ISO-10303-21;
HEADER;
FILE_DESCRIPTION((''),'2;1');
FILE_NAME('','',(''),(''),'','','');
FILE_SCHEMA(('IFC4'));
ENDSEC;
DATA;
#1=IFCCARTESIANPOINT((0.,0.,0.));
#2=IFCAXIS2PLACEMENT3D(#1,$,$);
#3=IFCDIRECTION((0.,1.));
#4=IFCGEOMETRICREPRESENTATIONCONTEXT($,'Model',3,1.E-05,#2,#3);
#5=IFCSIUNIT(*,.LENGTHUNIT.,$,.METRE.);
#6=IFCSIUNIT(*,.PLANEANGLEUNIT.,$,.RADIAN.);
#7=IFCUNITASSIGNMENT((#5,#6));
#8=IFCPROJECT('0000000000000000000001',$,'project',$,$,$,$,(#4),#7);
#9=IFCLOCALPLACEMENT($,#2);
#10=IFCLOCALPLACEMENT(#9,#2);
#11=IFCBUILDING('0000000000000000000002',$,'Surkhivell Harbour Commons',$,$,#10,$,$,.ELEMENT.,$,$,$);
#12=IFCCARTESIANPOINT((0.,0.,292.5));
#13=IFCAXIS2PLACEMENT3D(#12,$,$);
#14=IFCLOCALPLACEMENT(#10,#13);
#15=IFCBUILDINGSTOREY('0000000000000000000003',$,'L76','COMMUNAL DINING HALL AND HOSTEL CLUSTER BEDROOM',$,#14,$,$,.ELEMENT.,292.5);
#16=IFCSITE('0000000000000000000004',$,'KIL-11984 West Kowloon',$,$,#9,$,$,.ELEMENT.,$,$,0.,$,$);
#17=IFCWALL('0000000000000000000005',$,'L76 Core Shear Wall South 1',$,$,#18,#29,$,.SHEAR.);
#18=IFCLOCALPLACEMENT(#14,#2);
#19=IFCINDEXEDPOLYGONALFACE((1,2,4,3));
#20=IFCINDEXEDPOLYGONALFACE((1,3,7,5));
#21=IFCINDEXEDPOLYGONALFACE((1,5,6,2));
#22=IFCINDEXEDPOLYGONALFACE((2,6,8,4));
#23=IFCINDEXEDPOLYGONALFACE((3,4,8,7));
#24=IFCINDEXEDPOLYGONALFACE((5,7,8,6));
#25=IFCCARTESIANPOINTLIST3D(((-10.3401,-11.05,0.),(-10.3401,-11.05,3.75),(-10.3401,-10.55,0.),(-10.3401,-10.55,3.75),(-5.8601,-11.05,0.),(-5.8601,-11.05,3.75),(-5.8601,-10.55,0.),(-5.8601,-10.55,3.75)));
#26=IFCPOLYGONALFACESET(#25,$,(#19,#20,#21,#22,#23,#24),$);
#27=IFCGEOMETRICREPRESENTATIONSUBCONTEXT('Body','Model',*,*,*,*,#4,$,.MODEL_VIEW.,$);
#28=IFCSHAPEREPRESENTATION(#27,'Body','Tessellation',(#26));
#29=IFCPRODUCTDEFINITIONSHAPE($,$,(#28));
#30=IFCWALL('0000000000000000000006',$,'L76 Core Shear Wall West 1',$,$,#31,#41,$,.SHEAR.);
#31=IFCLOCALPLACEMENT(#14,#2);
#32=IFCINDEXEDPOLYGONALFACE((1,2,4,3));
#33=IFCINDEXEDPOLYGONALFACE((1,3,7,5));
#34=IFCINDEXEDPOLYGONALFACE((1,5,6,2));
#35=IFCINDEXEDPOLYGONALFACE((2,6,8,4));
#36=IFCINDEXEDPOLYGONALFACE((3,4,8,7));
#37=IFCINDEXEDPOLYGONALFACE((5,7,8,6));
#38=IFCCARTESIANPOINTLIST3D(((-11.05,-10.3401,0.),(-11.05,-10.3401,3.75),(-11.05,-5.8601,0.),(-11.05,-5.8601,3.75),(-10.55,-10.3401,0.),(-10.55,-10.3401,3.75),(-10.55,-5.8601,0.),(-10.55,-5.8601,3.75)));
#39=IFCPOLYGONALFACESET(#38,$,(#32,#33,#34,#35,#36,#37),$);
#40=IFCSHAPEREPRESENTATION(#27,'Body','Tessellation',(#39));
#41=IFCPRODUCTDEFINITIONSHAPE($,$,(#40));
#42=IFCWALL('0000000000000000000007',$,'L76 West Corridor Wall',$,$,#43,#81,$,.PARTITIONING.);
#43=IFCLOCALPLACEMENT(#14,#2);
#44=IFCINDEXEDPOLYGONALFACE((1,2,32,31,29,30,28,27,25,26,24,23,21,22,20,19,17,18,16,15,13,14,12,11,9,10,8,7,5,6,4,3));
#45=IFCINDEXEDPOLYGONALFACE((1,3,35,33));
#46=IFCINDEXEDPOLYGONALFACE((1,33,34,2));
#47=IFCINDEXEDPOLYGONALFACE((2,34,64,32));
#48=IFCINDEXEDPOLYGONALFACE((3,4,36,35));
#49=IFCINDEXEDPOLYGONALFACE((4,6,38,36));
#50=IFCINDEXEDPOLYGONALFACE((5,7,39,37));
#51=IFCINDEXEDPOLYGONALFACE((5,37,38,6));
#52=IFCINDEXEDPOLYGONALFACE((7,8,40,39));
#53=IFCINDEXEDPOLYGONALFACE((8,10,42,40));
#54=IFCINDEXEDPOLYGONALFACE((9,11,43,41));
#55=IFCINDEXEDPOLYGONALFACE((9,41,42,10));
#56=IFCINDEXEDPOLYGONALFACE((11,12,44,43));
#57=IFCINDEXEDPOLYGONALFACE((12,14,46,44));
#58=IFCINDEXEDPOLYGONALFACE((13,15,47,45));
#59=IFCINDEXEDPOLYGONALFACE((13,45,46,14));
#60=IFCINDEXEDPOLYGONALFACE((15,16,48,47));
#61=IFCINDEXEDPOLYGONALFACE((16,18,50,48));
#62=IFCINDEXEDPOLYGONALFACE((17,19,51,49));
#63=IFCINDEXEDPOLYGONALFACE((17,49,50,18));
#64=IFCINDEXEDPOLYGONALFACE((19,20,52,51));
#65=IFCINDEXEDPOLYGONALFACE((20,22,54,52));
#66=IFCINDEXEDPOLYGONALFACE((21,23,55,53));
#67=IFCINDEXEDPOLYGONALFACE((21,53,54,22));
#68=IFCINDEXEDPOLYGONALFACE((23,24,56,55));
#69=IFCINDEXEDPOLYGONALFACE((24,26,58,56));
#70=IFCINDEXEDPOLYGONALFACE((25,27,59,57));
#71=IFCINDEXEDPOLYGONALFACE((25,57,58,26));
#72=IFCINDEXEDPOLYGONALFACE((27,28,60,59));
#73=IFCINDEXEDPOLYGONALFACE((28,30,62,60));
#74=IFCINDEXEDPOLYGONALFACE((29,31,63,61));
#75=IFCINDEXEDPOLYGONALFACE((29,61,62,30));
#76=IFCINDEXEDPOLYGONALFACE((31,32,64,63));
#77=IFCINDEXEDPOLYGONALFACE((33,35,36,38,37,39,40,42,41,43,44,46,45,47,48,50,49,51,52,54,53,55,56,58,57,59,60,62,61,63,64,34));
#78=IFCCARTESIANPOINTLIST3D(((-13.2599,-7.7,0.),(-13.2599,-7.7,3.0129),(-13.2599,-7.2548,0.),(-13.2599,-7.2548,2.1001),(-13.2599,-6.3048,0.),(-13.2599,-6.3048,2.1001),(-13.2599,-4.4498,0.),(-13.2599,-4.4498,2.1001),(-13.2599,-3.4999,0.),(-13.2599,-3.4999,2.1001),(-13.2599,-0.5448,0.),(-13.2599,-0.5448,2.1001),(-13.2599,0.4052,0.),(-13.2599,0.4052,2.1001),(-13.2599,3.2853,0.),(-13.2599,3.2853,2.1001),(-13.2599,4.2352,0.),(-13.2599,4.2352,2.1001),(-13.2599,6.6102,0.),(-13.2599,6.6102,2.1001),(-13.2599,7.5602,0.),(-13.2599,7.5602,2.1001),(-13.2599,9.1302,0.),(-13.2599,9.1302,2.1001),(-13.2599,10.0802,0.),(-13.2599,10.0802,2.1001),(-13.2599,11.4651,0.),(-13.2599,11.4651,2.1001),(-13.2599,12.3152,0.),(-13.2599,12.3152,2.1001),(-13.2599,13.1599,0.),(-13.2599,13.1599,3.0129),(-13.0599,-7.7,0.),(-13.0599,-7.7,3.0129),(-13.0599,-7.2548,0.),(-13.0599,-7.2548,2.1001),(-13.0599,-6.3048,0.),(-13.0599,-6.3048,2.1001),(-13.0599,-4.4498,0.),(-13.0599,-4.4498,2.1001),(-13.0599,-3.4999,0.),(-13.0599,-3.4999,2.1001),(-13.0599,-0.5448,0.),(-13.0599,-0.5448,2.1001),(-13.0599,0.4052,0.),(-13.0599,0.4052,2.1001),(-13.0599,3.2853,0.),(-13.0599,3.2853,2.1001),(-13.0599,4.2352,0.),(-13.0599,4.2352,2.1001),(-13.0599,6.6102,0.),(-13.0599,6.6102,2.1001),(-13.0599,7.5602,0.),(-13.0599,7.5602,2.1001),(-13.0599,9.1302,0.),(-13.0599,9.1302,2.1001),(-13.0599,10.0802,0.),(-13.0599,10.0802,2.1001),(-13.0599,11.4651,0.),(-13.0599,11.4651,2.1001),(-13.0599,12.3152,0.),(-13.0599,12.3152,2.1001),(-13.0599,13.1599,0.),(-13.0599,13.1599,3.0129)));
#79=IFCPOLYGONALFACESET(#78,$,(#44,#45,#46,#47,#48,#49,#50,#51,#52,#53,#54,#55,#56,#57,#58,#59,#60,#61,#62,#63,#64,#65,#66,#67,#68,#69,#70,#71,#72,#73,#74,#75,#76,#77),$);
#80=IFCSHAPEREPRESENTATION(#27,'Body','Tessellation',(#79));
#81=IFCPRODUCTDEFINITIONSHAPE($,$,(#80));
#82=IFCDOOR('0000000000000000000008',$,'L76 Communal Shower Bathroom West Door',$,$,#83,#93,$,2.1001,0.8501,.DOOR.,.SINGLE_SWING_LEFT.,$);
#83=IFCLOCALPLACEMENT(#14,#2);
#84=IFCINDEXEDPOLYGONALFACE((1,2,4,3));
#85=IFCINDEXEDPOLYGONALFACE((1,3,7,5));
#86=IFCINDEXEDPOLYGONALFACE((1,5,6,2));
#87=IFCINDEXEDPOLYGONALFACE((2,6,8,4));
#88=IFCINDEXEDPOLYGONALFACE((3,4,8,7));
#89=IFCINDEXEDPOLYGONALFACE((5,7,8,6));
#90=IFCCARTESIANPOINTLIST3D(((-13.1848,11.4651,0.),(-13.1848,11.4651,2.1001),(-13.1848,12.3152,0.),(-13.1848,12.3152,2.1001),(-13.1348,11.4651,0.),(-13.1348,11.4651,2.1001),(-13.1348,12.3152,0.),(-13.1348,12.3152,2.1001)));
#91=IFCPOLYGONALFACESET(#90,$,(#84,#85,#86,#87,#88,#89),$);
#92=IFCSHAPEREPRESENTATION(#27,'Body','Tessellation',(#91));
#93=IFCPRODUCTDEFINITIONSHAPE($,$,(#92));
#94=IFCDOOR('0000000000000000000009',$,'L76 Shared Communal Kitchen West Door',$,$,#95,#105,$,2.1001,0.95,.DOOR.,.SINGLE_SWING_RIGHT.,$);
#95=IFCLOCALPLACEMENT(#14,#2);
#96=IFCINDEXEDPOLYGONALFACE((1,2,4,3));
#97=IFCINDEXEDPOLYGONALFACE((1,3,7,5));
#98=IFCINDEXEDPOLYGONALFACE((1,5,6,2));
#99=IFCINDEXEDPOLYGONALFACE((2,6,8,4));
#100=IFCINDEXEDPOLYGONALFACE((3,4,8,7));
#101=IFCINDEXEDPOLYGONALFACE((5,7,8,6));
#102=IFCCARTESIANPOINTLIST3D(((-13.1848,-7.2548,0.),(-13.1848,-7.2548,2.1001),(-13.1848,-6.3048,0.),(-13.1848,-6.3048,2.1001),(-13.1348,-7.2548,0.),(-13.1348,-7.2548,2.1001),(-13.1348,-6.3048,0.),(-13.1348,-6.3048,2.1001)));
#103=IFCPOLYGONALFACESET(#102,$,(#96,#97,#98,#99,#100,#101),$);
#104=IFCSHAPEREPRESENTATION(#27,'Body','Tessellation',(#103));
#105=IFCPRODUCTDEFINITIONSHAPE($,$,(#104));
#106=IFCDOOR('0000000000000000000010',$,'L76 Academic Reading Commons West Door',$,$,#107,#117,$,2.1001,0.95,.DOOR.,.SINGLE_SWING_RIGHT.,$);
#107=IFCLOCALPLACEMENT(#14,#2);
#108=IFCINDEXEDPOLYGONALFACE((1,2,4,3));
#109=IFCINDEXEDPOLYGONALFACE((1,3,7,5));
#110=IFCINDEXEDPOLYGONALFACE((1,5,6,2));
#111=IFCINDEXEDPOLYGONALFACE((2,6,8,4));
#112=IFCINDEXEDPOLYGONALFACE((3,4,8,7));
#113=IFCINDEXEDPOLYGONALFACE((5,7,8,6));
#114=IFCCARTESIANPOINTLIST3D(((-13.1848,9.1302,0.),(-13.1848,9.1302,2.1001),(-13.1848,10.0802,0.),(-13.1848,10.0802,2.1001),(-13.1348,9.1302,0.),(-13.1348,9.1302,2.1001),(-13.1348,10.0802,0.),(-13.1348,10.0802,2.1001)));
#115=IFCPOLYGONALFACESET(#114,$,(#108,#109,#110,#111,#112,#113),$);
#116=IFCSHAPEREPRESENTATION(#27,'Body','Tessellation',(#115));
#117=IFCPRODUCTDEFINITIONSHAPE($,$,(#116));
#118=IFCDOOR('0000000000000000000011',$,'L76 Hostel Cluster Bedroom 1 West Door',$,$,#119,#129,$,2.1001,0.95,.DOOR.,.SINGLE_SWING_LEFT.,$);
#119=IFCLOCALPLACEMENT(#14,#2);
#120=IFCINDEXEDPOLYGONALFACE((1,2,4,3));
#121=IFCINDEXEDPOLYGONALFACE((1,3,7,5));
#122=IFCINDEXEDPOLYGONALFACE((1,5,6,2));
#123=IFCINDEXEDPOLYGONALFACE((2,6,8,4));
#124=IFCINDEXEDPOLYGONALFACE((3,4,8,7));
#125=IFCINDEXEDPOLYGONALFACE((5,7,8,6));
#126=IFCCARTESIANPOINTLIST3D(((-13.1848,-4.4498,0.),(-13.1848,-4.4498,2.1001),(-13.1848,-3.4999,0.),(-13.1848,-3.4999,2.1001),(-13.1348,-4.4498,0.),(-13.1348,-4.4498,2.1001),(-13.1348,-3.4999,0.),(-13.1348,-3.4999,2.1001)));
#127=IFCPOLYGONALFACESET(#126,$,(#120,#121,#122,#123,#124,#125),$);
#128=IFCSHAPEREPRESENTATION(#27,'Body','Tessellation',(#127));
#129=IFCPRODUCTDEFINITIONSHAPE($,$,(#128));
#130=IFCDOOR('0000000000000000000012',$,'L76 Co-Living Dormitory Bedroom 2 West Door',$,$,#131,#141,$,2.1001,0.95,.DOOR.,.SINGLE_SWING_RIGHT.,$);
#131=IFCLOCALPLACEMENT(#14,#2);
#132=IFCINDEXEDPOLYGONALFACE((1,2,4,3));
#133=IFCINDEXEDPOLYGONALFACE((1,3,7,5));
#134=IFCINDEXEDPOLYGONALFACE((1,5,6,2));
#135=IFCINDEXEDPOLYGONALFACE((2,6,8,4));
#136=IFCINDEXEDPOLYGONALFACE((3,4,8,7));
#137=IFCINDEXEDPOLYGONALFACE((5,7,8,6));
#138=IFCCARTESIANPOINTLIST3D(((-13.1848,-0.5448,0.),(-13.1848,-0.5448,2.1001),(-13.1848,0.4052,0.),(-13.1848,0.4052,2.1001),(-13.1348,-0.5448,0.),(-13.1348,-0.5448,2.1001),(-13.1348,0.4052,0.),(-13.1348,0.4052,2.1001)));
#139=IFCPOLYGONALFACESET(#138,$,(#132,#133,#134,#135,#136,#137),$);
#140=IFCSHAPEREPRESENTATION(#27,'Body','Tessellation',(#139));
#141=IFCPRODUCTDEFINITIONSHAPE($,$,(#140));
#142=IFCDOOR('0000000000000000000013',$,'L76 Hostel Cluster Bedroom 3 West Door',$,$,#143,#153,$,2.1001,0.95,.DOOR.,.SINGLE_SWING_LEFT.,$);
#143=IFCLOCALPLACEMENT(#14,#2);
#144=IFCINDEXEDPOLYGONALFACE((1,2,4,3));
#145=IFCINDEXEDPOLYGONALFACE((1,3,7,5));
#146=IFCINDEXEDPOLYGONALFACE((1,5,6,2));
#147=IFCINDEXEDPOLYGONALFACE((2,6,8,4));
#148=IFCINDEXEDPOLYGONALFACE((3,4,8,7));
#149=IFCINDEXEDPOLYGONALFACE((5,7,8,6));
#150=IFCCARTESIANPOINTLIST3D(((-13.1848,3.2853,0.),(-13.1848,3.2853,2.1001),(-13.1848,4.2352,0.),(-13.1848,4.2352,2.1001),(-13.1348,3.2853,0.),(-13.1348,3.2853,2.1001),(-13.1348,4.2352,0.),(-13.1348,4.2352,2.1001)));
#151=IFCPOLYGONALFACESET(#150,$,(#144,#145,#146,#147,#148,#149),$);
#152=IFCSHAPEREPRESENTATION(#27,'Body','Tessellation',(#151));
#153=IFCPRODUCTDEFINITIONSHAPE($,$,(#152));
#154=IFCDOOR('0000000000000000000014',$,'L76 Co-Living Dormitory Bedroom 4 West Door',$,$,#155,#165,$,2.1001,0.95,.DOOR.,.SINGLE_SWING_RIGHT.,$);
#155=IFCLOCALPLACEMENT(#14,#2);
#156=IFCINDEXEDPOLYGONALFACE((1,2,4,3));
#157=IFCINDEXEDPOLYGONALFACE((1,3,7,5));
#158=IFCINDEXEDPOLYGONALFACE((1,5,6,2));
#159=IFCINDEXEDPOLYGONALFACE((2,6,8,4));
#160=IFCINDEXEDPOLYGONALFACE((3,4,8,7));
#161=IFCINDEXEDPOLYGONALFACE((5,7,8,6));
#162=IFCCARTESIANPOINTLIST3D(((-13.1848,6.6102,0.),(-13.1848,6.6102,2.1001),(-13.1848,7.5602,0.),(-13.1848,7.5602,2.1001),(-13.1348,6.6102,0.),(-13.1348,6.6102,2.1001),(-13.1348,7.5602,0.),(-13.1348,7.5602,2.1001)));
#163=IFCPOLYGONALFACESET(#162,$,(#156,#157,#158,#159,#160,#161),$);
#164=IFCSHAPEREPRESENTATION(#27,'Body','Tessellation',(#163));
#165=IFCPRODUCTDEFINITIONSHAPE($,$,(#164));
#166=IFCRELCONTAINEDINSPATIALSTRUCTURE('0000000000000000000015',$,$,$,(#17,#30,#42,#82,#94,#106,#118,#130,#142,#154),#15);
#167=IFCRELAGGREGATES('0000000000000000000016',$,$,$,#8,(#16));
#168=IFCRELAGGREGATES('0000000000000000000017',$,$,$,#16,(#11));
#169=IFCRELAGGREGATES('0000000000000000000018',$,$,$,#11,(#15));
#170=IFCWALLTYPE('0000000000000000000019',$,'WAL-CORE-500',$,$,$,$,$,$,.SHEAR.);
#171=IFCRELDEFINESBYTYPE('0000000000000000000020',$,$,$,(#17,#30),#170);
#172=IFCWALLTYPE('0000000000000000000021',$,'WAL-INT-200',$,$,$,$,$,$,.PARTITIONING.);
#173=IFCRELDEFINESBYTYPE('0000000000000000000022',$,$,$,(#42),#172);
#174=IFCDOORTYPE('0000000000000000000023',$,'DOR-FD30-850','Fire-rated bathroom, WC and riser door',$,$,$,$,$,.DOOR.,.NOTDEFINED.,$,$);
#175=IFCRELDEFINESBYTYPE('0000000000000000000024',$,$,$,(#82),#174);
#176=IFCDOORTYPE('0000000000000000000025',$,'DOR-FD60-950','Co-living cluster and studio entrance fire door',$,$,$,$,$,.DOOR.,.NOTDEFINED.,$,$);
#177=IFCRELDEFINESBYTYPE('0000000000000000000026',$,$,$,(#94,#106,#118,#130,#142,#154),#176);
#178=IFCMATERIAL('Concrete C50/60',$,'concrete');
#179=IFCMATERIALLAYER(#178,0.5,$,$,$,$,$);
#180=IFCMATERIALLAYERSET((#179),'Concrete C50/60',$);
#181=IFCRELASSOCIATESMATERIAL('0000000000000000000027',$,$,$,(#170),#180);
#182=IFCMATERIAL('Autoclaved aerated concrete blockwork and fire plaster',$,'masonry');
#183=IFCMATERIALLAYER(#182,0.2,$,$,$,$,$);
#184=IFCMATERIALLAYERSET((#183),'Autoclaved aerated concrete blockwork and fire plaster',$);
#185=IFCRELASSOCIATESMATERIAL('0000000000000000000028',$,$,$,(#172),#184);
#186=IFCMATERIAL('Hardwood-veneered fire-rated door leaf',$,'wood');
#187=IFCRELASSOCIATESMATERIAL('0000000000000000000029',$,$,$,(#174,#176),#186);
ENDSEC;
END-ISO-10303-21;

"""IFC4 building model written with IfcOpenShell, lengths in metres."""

from ifc_helpers import new_model, si_unit, direction, frame, frame_2d, origin, place, context, subcontext, project, spatial, rectangle, extrude, material, layer, layer_set, type_object, element, fill, save


model = new_model("IFC4")

# Units and contexts
model_context = context("Model", 3, precision=1e-05, world=origin(), true_north=direction((0.0, 1.0)))
body_context = subcontext(model_context, "Body", "Model", "MODEL_VIEW")
ifc_project = project(units=[si_unit("LENGTHUNIT", "METRE"), si_unit("PLANEANGLEUNIT", "RADIAN")], contexts=[model_context])

# Site, building, storey
site_placement = place(None, origin())
site = spatial("IfcSite", under=ifc_project, at=site_placement, Name="KIL-11984 West Kowloon", CompositionType="ELEMENT", RefElevation=0.0)
building_placement = place(site_placement, origin())
building = spatial("IfcBuilding", under=site, at=building_placement, Name="Surkhivell Harbour Commons", CompositionType="ELEMENT")
storey_placement = place(building_placement, frame((0.0, 0.0, 292.5)))
storey = spatial("IfcBuildingStorey", under=building, at=storey_placement, Name="L76", Description="COMMUNAL DINING HALL AND HOSTEL CLUSTER BEDROOM", CompositionType="ELEMENT", Elevation=292.5)

# Walls
ifc_material_1 = material(Name="Concrete C50/60", Category="concrete")
ifc_layer_1 = layer(ifc_material_1, 0.5)
ifc_layer_set_1 = layer_set([ifc_layer_1], Name="Concrete C50/60")
wall_type_1 = type_object("IfcWallType", Name="WAL-CORE-500", PredefinedType="SHEAR", material=ifc_layer_set_1)
for number, where, z_axis, x_axis, name in (
    (1, (-10.3401, -10.8, 0.0), (0.0, 0.0, 1.0), (1.0, 0.0, 0.0), "L76 Core Shear Wall South 1"),
    (2, (-10.8, -10.3401, 0.0), (0.0, 0.0, 1.0), (0.0, 1.0, 0.0), "L76 Core Shear Wall West 1"),
):
    element("IfcWall", number, at=place(storey_placement, frame(where, z_axis=z_axis, x_axis=x_axis)), inside=storey, type_object=wall_type_1, Name=name, PredefinedType="SHEAR", context=body_context, shape_type="SweptSolid", body=[
        extrude(rectangle(XDim=4.48, YDim=0.5, at=frame_2d((2.24, 0.0))), origin(), (0.0, 0.0, 1.0), 3.75),
    ])

# Wall, openings, doors
ifc_material_2 = material(Name="Autoclaved aerated concrete blockwork and fire plaster", Category="masonry")
ifc_layer_2 = layer(ifc_material_2, 0.2)
ifc_layer_set_2 = layer_set([ifc_layer_2], Name="Autoclaved aerated concrete blockwork and fire plaster")
wall_type_2 = type_object("IfcWallType", Name="WAL-INT-200", PredefinedType="PARTITIONING", material=ifc_layer_set_2)
wall_1_placement = place(storey_placement, frame((-13.1599, -7.7, 0.0), z_axis=(0.0, 0.0, 1.0), x_axis=(0.0, 1.0, 0.0)))
wall_1 = element("IfcWall", 3, at=wall_1_placement, inside=storey, type_object=wall_type_2, Name="L76 West Corridor Wall", PredefinedType="PARTITIONING", context=body_context, shape_type="SweptSolid", body=[
    extrude(rectangle(XDim=20.8599, YDim=0.2, at=frame_2d((10.4299, 0.0))), origin(), (0.0, 0.0, 1.0), 3.0129),
])
opening_1_placement = place(wall_1_placement, frame((0.4451, 0.0, 0.0)))
opening_1 = element("IfcOpeningElement", 4, at=opening_1_placement, cuts=wall_1, PredefinedType="OPENING", context=body_context, shape_type="SweptSolid", body=[
    extrude(rectangle(XDim=0.95, YDim=2.1001, at=frame_2d((0.4751, 1.05))), frame((0.0, 0.1099, 0.0), z_axis=(0.0, -1.0, 0.0), x_axis=(1.0, 0.0, 0.0)), (0.0, 0.0, 1.0), 0.22),
])
opening_2_placement = place(wall_1_placement, frame((19.165, 0.0, 0.0)))
opening_2 = element("IfcOpeningElement", 5, at=opening_2_placement, cuts=wall_1, PredefinedType="OPENING", context=body_context, shape_type="SweptSolid", body=[
    extrude(rectangle(XDim=0.8501, YDim=2.1001, at=frame_2d((0.425, 1.05))), frame((0.0, 0.1099, 0.0), z_axis=(0.0, -1.0, 0.0), x_axis=(1.0, 0.0, 0.0)), (0.0, 0.0, 1.0), 0.22),
])
opening_3_placement = place(wall_1_placement, frame((16.8301, 0.0, 0.0)))
opening_3 = element("IfcOpeningElement", 6, at=opening_3_placement, cuts=wall_1, PredefinedType="OPENING", context=body_context, shape_type="SweptSolid", body=[
    extrude(rectangle(XDim=0.95, YDim=2.1001, at=frame_2d((0.4751, 1.05))), frame((0.0, 0.1099, 0.0), z_axis=(0.0, -1.0, 0.0), x_axis=(1.0, 0.0, 0.0)), (0.0, 0.0, 1.0), 0.22),
])
opening_4_placement = place(wall_1_placement, frame((3.25, 0.0, 0.0)))
opening_4 = element("IfcOpeningElement", 7, at=opening_4_placement, cuts=wall_1, PredefinedType="OPENING", context=body_context, shape_type="SweptSolid", body=[
    extrude(rectangle(XDim=0.95, YDim=2.1001, at=frame_2d((0.4751, 1.05))), frame((0.0, 0.1099, 0.0), z_axis=(0.0, -1.0, 0.0), x_axis=(1.0, 0.0, 0.0)), (0.0, 0.0, 1.0), 0.22),
])
opening_5_placement = place(wall_1_placement, frame((7.155, 0.0, 0.0)))
opening_5 = element("IfcOpeningElement", 8, at=opening_5_placement, cuts=wall_1, PredefinedType="OPENING", context=body_context, shape_type="SweptSolid", body=[
    extrude(rectangle(XDim=0.95, YDim=2.1001, at=frame_2d((0.4751, 1.05))), frame((0.0, 0.1099, 0.0), z_axis=(0.0, -1.0, 0.0), x_axis=(1.0, 0.0, 0.0)), (0.0, 0.0, 1.0), 0.22),
])
opening_6_placement = place(wall_1_placement, frame((10.9851, 0.0, 0.0)))
opening_6 = element("IfcOpeningElement", 9, at=opening_6_placement, cuts=wall_1, PredefinedType="OPENING", context=body_context, shape_type="SweptSolid", body=[
    extrude(rectangle(XDim=0.95, YDim=2.1001, at=frame_2d((0.4751, 1.05))), frame((0.0, 0.1099, 0.0), z_axis=(0.0, -1.0, 0.0), x_axis=(1.0, 0.0, 0.0)), (0.0, 0.0, 1.0), 0.22),
])
opening_7_placement = place(wall_1_placement, frame((14.3101, 0.0, 0.0)))
opening_7 = element("IfcOpeningElement", 10, at=opening_7_placement, cuts=wall_1, PredefinedType="OPENING", context=body_context, shape_type="SweptSolid", body=[
    extrude(rectangle(XDim=0.95, YDim=2.1001, at=frame_2d((0.4751, 1.05))), frame((0.0, 0.1099, 0.0), z_axis=(0.0, -1.0, 0.0), x_axis=(1.0, 0.0, 0.0)), (0.0, 0.0, 1.0), 0.22),
])
ifc_material_3 = material(Name="Hardwood-veneered fire-rated door leaf", Category="wood")
door_type_1 = type_object("IfcDoorType", Name="DOR-FD30-850", Description="Fire-rated bathroom, WC and riser door", OperationType="NOTDEFINED", PredefinedType="DOOR", material=ifc_material_3)
door_1_placement = place(opening_2_placement, origin())
door_1 = element("IfcDoor", 11, at=door_1_placement, inside=storey, type_object=door_type_1, Name="L76 Communal Shower Bathroom West Door", OperationType="SINGLE_SWING_LEFT", OverallHeight=2.1001, OverallWidth=0.8501, PredefinedType="DOOR", context=body_context, shape_type="SweptSolid", body=[
    extrude(rectangle(XDim=0.8501, YDim=2.1001, at=frame_2d((0.425, 1.05))), frame((0.0, 0.0249, 0.0), z_axis=(0.0, -1.0, 0.0), x_axis=(1.0, 0.0, 0.0)), (0.0, 0.0, 1.0), 0.05),
])
fill(opening_2, door_1)
door_type_2 = type_object("IfcDoorType", Name="DOR-FD60-950", Description="Co-living cluster and studio entrance fire door", OperationType="NOTDEFINED", PredefinedType="DOOR", material=ifc_material_3)
door_2_placement = place(opening_1_placement, origin())
door_2 = element("IfcDoor", 12, at=door_2_placement, inside=storey, type_object=door_type_2, Name="L76 Shared Communal Kitchen West Door", OperationType="SINGLE_SWING_RIGHT", OverallHeight=2.1001, OverallWidth=0.95, PredefinedType="DOOR", context=body_context, shape_type="SweptSolid", body=[
    extrude(rectangle(XDim=0.95, YDim=2.1001, at=frame_2d((0.4751, 1.05))), frame((0.0, 0.0249, 0.0), z_axis=(0.0, -1.0, 0.0), x_axis=(1.0, 0.0, 0.0)), (0.0, 0.0, 1.0), 0.05),
])
fill(opening_1, door_2)
door_3_placement = place(opening_3_placement, origin())
door_3 = element("IfcDoor", 13, at=door_3_placement, inside=storey, type_object=door_type_2, Name="L76 Academic Reading Commons West Door", OperationType="SINGLE_SWING_RIGHT", OverallHeight=2.1001, OverallWidth=0.95, PredefinedType="DOOR", context=body_context, shape_type="SweptSolid", body=[
    extrude(rectangle(XDim=0.95, YDim=2.1001, at=frame_2d((0.4751, 1.05))), frame((0.0, 0.0249, 0.0), z_axis=(0.0, -1.0, 0.0), x_axis=(1.0, 0.0, 0.0)), (0.0, 0.0, 1.0), 0.05),
])
fill(opening_3, door_3)
door_4_placement = place(opening_4_placement, origin())
door_4 = element("IfcDoor", 14, at=door_4_placement, inside=storey, type_object=door_type_2, Name="L76 Hostel Cluster Bedroom 1 West Door", OperationType="SINGLE_SWING_LEFT", OverallHeight=2.1001, OverallWidth=0.95, PredefinedType="DOOR", context=body_context, shape_type="SweptSolid", body=[
    extrude(rectangle(XDim=0.95, YDim=2.1001, at=frame_2d((0.4751, 1.05))), frame((0.0, 0.0249, 0.0), z_axis=(0.0, -1.0, 0.0), x_axis=(1.0, 0.0, 0.0)), (0.0, 0.0, 1.0), 0.05),
])
fill(opening_4, door_4)
door_5_placement = place(opening_5_placement, origin())
door_5 = element("IfcDoor", 15, at=door_5_placement, inside=storey, type_object=door_type_2, Name="L76 Co-Living Dormitory Bedroom 2 West Door", OperationType="SINGLE_SWING_RIGHT", OverallHeight=2.1001, OverallWidth=0.95, PredefinedType="DOOR", context=body_context, shape_type="SweptSolid", body=[
    extrude(rectangle(XDim=0.95, YDim=2.1001, at=frame_2d((0.4751, 1.05))), frame((0.0, 0.0249, 0.0), z_axis=(0.0, -1.0, 0.0), x_axis=(1.0, 0.0, 0.0)), (0.0, 0.0, 1.0), 0.05),
])
fill(opening_5, door_5)
door_6_placement = place(opening_6_placement, origin())
door_6 = element("IfcDoor", 16, at=door_6_placement, inside=storey, type_object=door_type_2, Name="L76 Hostel Cluster Bedroom 3 West Door", OperationType="SINGLE_SWING_LEFT", OverallHeight=2.1001, OverallWidth=0.95, PredefinedType="DOOR", context=body_context, shape_type="SweptSolid", body=[
    extrude(rectangle(XDim=0.95, YDim=2.1001, at=frame_2d((0.4751, 1.05))), frame((0.0, 0.0249, 0.0), z_axis=(0.0, -1.0, 0.0), x_axis=(1.0, 0.0, 0.0)), (0.0, 0.0, 1.0), 0.05),
])
fill(opening_6, door_6)
door_7_placement = place(opening_7_placement, origin())
door_7 = element("IfcDoor", 17, at=door_7_placement, inside=storey, type_object=door_type_2, Name="L76 Co-Living Dormitory Bedroom 4 West Door", OperationType="SINGLE_SWING_RIGHT", OverallHeight=2.1001, OverallWidth=0.95, PredefinedType="DOOR", context=body_context, shape_type="SweptSolid", body=[
    extrude(rectangle(XDim=0.95, YDim=2.1001, at=frame_2d((0.4751, 1.05))), frame((0.0, 0.0249, 0.0), z_axis=(0.0, -1.0, 0.0), x_axis=(1.0, 0.0, 0.0)), (0.0, 0.0, 1.0), 0.05),
])
fill(opening_7, door_7)

save(model, "model.ifc")
